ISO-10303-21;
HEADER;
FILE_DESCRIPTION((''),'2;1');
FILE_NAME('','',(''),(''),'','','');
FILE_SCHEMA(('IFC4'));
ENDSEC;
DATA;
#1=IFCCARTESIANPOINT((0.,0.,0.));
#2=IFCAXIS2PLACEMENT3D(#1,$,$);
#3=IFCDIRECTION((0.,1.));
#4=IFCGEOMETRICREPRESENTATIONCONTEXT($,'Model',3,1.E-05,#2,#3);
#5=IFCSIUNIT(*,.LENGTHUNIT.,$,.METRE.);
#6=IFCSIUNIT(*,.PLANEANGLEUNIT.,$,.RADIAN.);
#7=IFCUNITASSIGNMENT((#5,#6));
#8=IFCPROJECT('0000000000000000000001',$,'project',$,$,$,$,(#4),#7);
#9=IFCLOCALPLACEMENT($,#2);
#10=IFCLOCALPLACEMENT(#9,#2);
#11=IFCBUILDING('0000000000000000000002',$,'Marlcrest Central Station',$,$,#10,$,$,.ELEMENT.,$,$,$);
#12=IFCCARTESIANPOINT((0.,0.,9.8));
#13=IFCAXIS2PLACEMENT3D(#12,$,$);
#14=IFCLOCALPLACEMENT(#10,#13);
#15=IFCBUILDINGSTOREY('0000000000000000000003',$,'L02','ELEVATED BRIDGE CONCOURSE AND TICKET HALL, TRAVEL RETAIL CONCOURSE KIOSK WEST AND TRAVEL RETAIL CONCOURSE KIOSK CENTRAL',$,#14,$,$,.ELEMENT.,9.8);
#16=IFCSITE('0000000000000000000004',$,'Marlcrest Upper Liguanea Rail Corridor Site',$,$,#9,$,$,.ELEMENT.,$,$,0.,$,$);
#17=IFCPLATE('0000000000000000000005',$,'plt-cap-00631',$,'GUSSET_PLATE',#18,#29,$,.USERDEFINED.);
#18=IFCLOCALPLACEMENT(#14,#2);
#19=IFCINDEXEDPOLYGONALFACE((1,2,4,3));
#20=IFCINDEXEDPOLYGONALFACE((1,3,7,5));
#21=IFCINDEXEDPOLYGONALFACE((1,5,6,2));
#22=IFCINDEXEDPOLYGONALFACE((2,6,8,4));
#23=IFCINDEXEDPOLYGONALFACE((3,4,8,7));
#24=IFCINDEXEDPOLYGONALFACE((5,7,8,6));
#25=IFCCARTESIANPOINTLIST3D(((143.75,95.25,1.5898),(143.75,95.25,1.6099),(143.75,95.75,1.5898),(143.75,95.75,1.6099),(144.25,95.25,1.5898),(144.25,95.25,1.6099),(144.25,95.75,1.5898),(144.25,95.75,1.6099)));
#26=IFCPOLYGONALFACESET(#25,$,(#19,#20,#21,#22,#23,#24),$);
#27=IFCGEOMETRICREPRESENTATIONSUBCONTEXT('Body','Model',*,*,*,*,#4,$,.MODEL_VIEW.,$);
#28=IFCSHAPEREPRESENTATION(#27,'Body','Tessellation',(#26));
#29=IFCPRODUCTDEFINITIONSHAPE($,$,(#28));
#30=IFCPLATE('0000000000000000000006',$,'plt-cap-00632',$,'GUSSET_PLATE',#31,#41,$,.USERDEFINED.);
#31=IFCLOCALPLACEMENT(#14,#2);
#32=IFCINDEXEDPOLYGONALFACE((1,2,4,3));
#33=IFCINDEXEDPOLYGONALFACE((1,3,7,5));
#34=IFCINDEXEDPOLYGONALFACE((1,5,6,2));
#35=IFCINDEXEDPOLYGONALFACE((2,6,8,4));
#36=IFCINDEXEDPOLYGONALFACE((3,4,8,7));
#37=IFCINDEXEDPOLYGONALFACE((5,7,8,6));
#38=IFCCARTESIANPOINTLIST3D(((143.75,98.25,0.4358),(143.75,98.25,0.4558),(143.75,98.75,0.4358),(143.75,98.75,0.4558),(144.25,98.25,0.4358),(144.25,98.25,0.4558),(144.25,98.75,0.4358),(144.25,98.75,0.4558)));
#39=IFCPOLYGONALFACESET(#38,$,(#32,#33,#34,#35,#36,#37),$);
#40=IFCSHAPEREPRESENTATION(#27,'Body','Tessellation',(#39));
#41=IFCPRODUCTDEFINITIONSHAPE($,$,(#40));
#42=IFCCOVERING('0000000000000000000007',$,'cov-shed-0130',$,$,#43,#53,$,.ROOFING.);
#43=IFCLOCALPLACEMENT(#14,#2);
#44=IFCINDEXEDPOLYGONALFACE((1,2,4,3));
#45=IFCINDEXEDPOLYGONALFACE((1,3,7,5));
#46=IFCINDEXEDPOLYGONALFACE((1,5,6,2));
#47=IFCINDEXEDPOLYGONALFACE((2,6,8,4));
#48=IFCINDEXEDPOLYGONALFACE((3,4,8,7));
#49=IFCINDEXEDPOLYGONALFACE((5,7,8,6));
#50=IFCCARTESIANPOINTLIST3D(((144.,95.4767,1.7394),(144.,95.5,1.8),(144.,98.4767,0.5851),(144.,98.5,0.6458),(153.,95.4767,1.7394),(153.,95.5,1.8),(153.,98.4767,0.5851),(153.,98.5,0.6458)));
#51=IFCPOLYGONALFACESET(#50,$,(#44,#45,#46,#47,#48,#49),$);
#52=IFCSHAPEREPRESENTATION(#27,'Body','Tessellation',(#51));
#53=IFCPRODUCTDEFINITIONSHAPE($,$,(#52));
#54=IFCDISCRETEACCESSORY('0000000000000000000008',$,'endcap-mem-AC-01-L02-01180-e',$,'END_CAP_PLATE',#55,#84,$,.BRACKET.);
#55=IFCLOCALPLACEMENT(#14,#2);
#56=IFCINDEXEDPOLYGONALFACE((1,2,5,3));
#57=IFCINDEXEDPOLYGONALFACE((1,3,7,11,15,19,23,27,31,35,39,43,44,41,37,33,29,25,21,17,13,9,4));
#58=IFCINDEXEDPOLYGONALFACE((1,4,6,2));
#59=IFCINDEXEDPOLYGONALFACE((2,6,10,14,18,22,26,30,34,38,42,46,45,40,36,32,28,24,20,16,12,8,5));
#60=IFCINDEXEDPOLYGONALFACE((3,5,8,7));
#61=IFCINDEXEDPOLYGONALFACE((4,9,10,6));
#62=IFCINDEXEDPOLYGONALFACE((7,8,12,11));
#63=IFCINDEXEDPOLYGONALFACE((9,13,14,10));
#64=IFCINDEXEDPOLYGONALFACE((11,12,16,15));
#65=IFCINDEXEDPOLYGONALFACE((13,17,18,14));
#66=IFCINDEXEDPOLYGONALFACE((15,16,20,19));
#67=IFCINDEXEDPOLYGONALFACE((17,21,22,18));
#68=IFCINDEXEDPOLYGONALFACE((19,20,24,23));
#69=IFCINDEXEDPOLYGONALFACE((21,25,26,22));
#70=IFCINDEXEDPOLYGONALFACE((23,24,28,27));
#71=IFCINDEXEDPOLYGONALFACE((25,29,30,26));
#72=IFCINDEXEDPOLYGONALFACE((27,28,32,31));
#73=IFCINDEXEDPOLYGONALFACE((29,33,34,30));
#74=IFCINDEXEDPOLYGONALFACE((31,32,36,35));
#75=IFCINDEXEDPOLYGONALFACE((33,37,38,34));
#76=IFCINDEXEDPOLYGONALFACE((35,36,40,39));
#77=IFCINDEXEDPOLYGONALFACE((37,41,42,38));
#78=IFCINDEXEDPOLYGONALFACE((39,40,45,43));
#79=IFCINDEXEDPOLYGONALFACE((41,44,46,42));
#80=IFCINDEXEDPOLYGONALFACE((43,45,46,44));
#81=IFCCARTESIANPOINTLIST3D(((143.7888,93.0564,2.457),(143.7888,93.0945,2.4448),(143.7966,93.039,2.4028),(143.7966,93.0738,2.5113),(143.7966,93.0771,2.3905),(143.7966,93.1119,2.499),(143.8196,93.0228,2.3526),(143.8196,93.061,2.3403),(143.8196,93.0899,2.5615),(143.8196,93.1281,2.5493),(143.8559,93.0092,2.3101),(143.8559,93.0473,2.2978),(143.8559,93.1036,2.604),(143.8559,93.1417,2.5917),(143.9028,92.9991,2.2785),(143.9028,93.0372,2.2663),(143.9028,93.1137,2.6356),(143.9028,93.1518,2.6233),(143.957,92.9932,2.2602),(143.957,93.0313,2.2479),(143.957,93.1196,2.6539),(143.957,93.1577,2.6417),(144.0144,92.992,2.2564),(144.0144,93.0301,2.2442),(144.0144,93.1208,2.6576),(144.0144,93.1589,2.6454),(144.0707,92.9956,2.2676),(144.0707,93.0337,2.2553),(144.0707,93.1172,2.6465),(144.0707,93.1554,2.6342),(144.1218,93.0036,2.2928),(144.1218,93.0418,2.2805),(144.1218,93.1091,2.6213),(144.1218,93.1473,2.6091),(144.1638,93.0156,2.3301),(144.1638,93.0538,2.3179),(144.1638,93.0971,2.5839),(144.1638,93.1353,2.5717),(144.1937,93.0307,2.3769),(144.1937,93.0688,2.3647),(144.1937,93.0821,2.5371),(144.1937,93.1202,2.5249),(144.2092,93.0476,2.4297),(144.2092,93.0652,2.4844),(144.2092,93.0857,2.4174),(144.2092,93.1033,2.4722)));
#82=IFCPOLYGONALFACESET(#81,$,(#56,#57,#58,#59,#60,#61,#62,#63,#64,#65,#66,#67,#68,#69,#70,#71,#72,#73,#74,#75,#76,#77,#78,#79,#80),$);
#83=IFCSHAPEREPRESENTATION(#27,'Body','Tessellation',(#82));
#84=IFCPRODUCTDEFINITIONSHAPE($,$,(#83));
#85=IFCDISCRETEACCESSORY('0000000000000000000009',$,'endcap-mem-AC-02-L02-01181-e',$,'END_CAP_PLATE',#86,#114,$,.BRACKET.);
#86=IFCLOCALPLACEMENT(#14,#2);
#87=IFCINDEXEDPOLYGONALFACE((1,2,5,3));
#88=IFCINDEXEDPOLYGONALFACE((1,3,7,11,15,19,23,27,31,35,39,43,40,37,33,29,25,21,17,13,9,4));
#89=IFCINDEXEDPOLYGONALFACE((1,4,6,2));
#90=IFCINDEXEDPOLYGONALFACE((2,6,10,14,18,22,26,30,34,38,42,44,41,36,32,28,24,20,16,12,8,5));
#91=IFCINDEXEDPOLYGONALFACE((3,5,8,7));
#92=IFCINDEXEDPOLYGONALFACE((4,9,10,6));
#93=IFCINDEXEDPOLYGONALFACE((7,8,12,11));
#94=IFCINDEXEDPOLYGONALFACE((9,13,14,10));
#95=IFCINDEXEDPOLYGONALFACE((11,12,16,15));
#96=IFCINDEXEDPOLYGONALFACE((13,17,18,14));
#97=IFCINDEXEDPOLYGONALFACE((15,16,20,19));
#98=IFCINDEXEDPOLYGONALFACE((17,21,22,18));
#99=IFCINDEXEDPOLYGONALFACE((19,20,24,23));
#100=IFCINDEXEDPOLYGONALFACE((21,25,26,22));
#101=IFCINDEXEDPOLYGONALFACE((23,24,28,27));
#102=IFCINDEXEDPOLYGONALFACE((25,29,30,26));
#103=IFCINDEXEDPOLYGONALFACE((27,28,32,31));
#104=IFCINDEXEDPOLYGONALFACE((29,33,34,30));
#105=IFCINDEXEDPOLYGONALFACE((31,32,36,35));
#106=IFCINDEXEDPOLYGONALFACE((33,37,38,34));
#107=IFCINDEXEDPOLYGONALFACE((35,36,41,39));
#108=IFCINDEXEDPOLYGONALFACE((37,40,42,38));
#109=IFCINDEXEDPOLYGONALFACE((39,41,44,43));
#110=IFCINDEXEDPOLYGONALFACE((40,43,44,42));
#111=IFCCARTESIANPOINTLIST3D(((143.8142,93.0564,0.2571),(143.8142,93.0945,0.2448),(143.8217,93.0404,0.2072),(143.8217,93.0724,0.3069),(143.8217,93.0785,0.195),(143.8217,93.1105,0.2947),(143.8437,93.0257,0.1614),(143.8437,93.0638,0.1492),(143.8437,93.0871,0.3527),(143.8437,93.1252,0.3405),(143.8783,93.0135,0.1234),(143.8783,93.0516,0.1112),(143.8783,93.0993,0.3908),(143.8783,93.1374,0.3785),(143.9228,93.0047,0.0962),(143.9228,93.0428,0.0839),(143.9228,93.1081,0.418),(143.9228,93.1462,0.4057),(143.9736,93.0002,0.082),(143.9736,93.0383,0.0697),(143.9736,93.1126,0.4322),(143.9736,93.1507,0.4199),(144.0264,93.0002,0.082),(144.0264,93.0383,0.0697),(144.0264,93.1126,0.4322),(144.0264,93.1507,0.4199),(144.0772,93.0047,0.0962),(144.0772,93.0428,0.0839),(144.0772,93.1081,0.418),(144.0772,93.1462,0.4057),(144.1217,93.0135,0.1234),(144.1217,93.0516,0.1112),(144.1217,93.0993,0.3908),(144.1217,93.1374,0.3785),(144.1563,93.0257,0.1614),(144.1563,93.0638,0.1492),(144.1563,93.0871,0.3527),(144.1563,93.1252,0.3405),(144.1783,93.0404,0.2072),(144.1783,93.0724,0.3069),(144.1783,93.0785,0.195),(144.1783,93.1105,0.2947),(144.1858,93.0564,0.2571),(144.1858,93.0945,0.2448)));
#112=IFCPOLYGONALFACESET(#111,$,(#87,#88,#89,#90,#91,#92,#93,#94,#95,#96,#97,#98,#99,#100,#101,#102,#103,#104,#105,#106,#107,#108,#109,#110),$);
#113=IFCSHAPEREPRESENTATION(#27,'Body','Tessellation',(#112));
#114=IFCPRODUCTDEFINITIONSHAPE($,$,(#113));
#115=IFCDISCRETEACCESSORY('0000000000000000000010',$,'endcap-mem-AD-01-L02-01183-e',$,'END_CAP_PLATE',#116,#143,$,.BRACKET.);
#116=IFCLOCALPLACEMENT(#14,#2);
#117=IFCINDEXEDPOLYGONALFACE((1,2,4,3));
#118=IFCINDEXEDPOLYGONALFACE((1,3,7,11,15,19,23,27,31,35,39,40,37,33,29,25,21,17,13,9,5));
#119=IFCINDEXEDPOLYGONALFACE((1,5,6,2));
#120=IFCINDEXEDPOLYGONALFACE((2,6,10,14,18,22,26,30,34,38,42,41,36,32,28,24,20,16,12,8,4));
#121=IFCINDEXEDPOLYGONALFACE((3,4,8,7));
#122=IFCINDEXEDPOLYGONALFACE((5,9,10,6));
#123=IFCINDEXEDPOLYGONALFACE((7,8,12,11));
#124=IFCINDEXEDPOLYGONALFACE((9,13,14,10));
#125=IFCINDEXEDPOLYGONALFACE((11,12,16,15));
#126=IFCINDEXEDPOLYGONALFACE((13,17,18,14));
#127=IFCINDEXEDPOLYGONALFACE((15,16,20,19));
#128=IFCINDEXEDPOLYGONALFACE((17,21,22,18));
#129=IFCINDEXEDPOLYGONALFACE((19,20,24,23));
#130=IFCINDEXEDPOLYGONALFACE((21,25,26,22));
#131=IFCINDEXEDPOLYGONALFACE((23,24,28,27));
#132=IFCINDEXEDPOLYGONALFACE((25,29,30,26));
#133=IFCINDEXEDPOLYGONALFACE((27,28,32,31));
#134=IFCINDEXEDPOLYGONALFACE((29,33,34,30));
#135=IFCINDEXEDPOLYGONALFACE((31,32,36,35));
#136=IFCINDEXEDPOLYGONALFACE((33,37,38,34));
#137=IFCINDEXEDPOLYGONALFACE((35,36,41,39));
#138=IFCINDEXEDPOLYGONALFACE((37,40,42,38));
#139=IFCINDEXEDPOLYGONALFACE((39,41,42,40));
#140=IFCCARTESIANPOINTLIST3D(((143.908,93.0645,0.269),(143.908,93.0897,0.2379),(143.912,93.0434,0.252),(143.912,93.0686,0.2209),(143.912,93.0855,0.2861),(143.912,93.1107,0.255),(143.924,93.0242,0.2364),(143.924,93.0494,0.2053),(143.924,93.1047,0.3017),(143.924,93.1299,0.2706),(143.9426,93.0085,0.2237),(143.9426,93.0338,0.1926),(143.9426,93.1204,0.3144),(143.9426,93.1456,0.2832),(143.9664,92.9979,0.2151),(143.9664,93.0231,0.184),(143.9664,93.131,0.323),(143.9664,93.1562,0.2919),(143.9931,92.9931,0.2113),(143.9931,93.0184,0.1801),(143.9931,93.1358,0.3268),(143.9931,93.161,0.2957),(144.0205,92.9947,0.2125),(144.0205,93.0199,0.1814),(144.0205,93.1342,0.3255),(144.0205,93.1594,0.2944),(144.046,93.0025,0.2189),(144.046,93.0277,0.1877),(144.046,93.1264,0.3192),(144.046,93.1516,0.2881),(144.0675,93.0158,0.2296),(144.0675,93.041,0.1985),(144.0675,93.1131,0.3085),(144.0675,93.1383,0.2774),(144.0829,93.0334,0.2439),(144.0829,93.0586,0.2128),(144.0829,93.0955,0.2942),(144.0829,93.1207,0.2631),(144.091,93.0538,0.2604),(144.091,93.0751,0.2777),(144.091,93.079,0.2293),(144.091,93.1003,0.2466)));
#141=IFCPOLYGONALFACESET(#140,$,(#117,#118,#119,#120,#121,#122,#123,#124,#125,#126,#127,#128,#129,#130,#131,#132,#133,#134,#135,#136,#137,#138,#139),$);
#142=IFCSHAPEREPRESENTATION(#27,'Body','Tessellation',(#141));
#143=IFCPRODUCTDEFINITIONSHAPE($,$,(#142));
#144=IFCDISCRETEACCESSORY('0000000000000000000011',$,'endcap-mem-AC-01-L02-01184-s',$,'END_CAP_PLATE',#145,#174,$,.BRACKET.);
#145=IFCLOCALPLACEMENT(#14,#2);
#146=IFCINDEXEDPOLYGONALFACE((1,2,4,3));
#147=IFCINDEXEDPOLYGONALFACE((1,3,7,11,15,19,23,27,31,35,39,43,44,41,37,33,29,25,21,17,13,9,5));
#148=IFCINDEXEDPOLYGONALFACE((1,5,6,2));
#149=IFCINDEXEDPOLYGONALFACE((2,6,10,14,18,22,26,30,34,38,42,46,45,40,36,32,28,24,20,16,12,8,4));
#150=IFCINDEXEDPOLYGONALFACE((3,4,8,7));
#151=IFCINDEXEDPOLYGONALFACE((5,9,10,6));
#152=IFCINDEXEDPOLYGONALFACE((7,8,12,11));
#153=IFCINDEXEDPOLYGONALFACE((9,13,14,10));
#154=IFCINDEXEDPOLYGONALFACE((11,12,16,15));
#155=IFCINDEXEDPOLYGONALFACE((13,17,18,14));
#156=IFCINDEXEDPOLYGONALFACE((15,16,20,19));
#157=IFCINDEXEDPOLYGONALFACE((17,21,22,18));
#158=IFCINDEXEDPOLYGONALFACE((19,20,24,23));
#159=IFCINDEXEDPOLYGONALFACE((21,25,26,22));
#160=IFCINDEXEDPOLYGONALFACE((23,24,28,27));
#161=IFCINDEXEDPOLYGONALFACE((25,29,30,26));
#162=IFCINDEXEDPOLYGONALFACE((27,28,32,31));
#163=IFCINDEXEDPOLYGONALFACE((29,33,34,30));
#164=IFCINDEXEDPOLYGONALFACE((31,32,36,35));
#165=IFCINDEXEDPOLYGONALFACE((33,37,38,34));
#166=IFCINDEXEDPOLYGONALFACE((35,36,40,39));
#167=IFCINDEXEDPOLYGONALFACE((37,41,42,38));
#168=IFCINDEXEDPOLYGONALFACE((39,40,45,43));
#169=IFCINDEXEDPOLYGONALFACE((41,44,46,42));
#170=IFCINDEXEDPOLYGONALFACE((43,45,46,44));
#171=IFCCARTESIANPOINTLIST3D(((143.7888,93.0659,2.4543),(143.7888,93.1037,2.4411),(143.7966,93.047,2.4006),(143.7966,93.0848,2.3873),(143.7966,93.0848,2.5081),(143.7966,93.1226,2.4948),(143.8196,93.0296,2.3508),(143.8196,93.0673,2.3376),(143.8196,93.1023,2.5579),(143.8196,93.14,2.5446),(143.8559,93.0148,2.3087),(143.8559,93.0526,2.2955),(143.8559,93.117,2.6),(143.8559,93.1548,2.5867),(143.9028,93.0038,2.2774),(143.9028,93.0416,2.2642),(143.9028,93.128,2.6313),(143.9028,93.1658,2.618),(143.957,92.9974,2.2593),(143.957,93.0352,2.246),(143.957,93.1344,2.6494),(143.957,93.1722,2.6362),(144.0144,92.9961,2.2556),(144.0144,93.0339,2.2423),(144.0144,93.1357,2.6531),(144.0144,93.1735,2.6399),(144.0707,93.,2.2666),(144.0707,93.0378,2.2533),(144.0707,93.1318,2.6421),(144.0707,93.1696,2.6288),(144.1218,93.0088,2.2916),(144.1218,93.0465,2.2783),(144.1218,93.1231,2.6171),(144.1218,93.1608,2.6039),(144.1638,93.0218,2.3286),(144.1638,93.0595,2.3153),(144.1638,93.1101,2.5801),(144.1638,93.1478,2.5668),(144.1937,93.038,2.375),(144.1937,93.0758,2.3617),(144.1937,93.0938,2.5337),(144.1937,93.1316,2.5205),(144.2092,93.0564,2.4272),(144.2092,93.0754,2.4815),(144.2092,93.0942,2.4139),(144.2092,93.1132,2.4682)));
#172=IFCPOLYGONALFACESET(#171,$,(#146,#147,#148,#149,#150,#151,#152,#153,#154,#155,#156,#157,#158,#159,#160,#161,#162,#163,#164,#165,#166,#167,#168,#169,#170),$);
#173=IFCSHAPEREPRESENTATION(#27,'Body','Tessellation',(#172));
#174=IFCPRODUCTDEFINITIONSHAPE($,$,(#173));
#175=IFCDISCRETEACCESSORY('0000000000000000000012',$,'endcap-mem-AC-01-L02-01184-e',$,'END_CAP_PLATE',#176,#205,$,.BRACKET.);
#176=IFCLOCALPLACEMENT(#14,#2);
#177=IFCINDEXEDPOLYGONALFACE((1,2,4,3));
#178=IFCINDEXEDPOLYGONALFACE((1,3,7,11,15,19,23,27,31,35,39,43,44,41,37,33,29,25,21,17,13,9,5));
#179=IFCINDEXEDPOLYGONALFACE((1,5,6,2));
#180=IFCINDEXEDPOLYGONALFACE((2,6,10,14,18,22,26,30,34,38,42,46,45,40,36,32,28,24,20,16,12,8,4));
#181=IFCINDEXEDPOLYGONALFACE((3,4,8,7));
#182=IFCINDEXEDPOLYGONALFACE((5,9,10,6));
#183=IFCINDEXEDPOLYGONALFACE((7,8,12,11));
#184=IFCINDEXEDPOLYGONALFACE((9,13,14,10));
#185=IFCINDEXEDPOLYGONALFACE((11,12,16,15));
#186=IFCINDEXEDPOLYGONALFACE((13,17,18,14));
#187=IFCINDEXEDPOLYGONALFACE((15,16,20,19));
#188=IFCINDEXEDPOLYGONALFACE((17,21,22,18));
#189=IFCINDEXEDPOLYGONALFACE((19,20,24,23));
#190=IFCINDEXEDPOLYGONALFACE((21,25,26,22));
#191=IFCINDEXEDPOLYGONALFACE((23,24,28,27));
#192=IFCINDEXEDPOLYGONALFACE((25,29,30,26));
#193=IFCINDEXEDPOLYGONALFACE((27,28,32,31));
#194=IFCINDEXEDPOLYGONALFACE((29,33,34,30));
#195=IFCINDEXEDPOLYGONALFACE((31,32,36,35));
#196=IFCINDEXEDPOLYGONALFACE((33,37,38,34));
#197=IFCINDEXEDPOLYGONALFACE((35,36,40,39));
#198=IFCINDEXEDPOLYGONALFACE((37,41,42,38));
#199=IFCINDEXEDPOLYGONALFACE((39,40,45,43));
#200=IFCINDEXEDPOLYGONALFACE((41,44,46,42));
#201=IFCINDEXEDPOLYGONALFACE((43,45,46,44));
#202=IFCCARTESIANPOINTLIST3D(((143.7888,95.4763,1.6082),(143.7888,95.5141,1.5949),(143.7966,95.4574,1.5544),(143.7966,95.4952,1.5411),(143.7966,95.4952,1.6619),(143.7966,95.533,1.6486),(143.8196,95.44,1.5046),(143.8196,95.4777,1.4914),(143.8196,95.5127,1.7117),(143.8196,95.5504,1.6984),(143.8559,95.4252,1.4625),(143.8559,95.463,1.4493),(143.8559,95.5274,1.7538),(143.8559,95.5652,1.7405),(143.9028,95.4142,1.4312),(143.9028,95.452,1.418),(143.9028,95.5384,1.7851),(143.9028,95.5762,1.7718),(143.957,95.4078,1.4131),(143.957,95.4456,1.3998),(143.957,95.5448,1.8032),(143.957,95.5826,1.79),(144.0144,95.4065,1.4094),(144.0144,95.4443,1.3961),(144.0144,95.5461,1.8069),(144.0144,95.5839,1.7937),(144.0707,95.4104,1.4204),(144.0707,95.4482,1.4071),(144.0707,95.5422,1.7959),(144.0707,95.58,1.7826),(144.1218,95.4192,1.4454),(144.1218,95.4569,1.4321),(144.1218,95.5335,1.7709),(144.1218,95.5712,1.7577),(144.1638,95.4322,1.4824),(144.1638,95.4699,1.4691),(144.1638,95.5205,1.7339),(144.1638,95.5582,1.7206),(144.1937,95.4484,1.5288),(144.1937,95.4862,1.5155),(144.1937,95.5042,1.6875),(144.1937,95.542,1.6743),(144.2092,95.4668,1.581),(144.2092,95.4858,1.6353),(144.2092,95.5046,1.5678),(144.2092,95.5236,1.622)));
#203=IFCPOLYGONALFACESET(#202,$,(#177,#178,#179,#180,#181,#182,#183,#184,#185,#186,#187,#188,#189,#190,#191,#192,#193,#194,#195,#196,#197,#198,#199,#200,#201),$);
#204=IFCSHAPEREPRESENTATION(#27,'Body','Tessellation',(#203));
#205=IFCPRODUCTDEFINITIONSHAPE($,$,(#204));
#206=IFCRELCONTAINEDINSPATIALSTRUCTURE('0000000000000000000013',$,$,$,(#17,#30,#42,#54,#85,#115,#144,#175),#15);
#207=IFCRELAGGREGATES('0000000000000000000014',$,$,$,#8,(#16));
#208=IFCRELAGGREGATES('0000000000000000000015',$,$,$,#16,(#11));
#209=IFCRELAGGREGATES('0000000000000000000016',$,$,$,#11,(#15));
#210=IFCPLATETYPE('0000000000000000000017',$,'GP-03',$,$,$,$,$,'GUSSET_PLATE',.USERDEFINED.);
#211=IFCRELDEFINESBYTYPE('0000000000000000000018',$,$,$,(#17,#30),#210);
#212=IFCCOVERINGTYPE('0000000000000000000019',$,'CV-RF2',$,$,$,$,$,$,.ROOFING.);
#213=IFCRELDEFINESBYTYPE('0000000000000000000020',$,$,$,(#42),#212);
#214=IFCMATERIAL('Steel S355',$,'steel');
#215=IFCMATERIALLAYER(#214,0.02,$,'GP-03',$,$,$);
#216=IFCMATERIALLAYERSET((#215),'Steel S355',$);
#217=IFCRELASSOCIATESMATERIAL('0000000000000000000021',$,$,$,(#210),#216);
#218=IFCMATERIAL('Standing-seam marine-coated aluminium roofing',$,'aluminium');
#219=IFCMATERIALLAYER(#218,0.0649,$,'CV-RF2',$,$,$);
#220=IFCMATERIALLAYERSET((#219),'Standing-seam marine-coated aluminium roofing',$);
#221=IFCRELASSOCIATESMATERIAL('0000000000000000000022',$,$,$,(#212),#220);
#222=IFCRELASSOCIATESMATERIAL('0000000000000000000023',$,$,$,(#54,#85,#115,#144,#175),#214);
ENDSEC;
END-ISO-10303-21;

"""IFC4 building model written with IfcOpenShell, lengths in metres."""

from ifc_helpers import new_model, si_unit, direction, frame, origin, origin_2d, place, context, subcontext, project, spatial, polyline, rectangle, circle, outline, extrude, material, layer, layer_set, type_object, element, save


model = new_model("IFC4")

# Units and contexts
model_context = context("Model", 3, precision=1e-05, world=origin(), true_north=direction((0.0, 1.0)))
body_context = subcontext(model_context, "Body", "Model", "MODEL_VIEW")
ifc_project = project(units=[si_unit("LENGTHUNIT", "METRE"), si_unit("PLANEANGLEUNIT", "RADIAN")], contexts=[model_context])

# Site, building, storey
site_placement = place(None, origin())
site = spatial("IfcSite", under=ifc_project, at=site_placement, Name="Marlcrest Upper Liguanea Rail Corridor Site", CompositionType="ELEMENT", RefElevation=0.0)
building_placement = place(site_placement, origin())
building = spatial("IfcBuilding", under=site, at=building_placement, Name="Marlcrest Central Station", CompositionType="ELEMENT")
storey_placement = place(building_placement, frame((0.0, 0.0, 9.8)))
storey = spatial("IfcBuildingStorey", under=building, at=storey_placement, Name="L02", Description="ELEVATED BRIDGE CONCOURSE AND TICKET HALL, TRAVEL RETAIL CONCOURSE KIOSK WEST AND TRAVEL RETAIL CONCOURSE KIOSK CENTRAL", CompositionType="ELEMENT", Elevation=9.8)

# Shared definitions
ifc_material_1 = material(Name="Steel S355", Category="steel")

# Plates
ifc_layer_1 = layer(ifc_material_1, 0.02, Name="GP-03")
ifc_layer_set_1 = layer_set([ifc_layer_1], Name="Steel S355")
plate_type = type_object("IfcPlateType", Name="GP-03", ElementType="GUSSET_PLATE", PredefinedType="USERDEFINED", material=ifc_layer_set_1)
for number, where, z_axis, x_axis, name in (
    (1, (144.0, 95.5, 1.5898), (0.0, 0.0, 1.0), (1.0, 0.0, 0.0), "plt-cap-00631"),
    (2, (144.0, 98.5, 0.4358), (0.0, 0.0, 1.0), (1.0, 0.0, 0.0), "plt-cap-00632"),
):
    element("IfcPlate", number, at=place(storey_placement, frame(where, z_axis=z_axis, x_axis=x_axis)), inside=storey, type_object=plate_type, Name=name, ObjectType="GUSSET_PLATE", PredefinedType="USERDEFINED", context=body_context, shape_type="SweptSolid", body=[
        extrude(rectangle(XDim=0.5, YDim=0.5, at=origin_2d()), origin(), (0.0, 0.0, 1.0), 0.02),
    ])

# Covering
ifc_material_2 = material(Name="Standing-seam marine-coated aluminium roofing", Category="aluminium")
ifc_layer_2 = layer(ifc_material_2, 0.0649, Name="CV-RF2")
ifc_layer_set_2 = layer_set([ifc_layer_2], Name="Standing-seam marine-coated aluminium roofing")
covering_type = type_object("IfcCoveringType", Name="CV-RF2", PredefinedType="ROOFING", material=ifc_layer_set_2)
covering_placement = place(storey_placement, frame((144.0, 95.5, 1.8), z_axis=(0.0, 0.359101, 0.933299), x_axis=(1.0, 0.0, 0.0)))
element("IfcCovering", 3, at=covering_placement, inside=storey, type_object=covering_type, Name="cov-shed-0130", PredefinedType="ROOFING", context=body_context, shape_type="SweptSolid", body=[
    extrude(outline(polyline([(0.0, 0.0), (9.0, 0.0), (9.0, 3.2144), (0.0, 3.2144), (0.0, 0.0)])), origin(), (0.0, 0.0, -1.0), 0.0649),
])

# Discrete accessories
discrete_accessory_1_placement = place(storey_placement, frame((144.0, 93.0564, 2.457), z_axis=(0.0, 0.952117, -0.305734), x_axis=(-1.0, 0.0, 0.0)))
element("IfcDiscreteAccessory", 4, at=discrete_accessory_1_placement, inside=storey, material=ifc_material_1, Name="endcap-mem-AC-01-L02-01180-e", ObjectType="END_CAP_PLATE", PredefinedType="BRACKET", context=body_context, shape_type="SweptSolid", body=[
    extrude(circle(Radius=0.2112, at=origin_2d()), origin(), (0.0, 0.0, 1.0), 0.04),
])
discrete_accessory_2_placement = place(storey_placement, frame((144.0, 93.0564, 0.2571), z_axis=(0.0, 0.952117, -0.305734), x_axis=(-1.0, 0.0, 0.0)))
element("IfcDiscreteAccessory", 5, at=discrete_accessory_2_placement, inside=storey, material=ifc_material_1, Name="endcap-mem-AC-02-L02-01181-e", ObjectType="END_CAP_PLATE", PredefinedType="BRACKET", context=body_context, shape_type="SweptSolid", body=[
    extrude(circle(Radius=0.1858, at=origin_2d()), origin(), (0.0, 0.0, 1.0), 0.04),
])
discrete_accessory_3_placement = place(storey_placement, frame((144.0, 93.0645, 0.269), z_axis=(0.0, 0.629629, -0.776896), x_axis=(-1.0, 0.0, 0.0)))
element("IfcDiscreteAccessory", 6, at=discrete_accessory_3_placement, inside=storey, material=ifc_material_1, Name="endcap-mem-AD-01-L02-01183-e", ObjectType="END_CAP_PLATE", PredefinedType="BRACKET", context=body_context, shape_type="SweptSolid", body=[
    extrude(circle(Radius=0.092, at=origin_2d()), origin(), (0.0, 0.0, 1.0), 0.04),
])
for number, where, z_axis, x_axis, name in (
    (7, (144.0, 93.0659, 2.4543), (0.0, 0.943537, -0.331266), (-1.0, 0.0, 0.0), "endcap-mem-AC-01-L02-01184-s"),
    (8, (144.0, 95.4763, 1.6082), (0.0, 0.943537, -0.331266), (-1.0, 0.0, 0.0), "endcap-mem-AC-01-L02-01184-e"),
):
    element("IfcDiscreteAccessory", number, at=place(storey_placement, frame(where, z_axis=z_axis, x_axis=x_axis)), inside=storey, material=ifc_material_1, Name=name, ObjectType="END_CAP_PLATE", PredefinedType="BRACKET", context=body_context, shape_type="SweptSolid", body=[
        extrude(circle(Radius=0.2112, at=origin_2d()), origin(), (0.0, 0.0, 1.0), 0.04),
    ])

save(model, "model.ifc")
